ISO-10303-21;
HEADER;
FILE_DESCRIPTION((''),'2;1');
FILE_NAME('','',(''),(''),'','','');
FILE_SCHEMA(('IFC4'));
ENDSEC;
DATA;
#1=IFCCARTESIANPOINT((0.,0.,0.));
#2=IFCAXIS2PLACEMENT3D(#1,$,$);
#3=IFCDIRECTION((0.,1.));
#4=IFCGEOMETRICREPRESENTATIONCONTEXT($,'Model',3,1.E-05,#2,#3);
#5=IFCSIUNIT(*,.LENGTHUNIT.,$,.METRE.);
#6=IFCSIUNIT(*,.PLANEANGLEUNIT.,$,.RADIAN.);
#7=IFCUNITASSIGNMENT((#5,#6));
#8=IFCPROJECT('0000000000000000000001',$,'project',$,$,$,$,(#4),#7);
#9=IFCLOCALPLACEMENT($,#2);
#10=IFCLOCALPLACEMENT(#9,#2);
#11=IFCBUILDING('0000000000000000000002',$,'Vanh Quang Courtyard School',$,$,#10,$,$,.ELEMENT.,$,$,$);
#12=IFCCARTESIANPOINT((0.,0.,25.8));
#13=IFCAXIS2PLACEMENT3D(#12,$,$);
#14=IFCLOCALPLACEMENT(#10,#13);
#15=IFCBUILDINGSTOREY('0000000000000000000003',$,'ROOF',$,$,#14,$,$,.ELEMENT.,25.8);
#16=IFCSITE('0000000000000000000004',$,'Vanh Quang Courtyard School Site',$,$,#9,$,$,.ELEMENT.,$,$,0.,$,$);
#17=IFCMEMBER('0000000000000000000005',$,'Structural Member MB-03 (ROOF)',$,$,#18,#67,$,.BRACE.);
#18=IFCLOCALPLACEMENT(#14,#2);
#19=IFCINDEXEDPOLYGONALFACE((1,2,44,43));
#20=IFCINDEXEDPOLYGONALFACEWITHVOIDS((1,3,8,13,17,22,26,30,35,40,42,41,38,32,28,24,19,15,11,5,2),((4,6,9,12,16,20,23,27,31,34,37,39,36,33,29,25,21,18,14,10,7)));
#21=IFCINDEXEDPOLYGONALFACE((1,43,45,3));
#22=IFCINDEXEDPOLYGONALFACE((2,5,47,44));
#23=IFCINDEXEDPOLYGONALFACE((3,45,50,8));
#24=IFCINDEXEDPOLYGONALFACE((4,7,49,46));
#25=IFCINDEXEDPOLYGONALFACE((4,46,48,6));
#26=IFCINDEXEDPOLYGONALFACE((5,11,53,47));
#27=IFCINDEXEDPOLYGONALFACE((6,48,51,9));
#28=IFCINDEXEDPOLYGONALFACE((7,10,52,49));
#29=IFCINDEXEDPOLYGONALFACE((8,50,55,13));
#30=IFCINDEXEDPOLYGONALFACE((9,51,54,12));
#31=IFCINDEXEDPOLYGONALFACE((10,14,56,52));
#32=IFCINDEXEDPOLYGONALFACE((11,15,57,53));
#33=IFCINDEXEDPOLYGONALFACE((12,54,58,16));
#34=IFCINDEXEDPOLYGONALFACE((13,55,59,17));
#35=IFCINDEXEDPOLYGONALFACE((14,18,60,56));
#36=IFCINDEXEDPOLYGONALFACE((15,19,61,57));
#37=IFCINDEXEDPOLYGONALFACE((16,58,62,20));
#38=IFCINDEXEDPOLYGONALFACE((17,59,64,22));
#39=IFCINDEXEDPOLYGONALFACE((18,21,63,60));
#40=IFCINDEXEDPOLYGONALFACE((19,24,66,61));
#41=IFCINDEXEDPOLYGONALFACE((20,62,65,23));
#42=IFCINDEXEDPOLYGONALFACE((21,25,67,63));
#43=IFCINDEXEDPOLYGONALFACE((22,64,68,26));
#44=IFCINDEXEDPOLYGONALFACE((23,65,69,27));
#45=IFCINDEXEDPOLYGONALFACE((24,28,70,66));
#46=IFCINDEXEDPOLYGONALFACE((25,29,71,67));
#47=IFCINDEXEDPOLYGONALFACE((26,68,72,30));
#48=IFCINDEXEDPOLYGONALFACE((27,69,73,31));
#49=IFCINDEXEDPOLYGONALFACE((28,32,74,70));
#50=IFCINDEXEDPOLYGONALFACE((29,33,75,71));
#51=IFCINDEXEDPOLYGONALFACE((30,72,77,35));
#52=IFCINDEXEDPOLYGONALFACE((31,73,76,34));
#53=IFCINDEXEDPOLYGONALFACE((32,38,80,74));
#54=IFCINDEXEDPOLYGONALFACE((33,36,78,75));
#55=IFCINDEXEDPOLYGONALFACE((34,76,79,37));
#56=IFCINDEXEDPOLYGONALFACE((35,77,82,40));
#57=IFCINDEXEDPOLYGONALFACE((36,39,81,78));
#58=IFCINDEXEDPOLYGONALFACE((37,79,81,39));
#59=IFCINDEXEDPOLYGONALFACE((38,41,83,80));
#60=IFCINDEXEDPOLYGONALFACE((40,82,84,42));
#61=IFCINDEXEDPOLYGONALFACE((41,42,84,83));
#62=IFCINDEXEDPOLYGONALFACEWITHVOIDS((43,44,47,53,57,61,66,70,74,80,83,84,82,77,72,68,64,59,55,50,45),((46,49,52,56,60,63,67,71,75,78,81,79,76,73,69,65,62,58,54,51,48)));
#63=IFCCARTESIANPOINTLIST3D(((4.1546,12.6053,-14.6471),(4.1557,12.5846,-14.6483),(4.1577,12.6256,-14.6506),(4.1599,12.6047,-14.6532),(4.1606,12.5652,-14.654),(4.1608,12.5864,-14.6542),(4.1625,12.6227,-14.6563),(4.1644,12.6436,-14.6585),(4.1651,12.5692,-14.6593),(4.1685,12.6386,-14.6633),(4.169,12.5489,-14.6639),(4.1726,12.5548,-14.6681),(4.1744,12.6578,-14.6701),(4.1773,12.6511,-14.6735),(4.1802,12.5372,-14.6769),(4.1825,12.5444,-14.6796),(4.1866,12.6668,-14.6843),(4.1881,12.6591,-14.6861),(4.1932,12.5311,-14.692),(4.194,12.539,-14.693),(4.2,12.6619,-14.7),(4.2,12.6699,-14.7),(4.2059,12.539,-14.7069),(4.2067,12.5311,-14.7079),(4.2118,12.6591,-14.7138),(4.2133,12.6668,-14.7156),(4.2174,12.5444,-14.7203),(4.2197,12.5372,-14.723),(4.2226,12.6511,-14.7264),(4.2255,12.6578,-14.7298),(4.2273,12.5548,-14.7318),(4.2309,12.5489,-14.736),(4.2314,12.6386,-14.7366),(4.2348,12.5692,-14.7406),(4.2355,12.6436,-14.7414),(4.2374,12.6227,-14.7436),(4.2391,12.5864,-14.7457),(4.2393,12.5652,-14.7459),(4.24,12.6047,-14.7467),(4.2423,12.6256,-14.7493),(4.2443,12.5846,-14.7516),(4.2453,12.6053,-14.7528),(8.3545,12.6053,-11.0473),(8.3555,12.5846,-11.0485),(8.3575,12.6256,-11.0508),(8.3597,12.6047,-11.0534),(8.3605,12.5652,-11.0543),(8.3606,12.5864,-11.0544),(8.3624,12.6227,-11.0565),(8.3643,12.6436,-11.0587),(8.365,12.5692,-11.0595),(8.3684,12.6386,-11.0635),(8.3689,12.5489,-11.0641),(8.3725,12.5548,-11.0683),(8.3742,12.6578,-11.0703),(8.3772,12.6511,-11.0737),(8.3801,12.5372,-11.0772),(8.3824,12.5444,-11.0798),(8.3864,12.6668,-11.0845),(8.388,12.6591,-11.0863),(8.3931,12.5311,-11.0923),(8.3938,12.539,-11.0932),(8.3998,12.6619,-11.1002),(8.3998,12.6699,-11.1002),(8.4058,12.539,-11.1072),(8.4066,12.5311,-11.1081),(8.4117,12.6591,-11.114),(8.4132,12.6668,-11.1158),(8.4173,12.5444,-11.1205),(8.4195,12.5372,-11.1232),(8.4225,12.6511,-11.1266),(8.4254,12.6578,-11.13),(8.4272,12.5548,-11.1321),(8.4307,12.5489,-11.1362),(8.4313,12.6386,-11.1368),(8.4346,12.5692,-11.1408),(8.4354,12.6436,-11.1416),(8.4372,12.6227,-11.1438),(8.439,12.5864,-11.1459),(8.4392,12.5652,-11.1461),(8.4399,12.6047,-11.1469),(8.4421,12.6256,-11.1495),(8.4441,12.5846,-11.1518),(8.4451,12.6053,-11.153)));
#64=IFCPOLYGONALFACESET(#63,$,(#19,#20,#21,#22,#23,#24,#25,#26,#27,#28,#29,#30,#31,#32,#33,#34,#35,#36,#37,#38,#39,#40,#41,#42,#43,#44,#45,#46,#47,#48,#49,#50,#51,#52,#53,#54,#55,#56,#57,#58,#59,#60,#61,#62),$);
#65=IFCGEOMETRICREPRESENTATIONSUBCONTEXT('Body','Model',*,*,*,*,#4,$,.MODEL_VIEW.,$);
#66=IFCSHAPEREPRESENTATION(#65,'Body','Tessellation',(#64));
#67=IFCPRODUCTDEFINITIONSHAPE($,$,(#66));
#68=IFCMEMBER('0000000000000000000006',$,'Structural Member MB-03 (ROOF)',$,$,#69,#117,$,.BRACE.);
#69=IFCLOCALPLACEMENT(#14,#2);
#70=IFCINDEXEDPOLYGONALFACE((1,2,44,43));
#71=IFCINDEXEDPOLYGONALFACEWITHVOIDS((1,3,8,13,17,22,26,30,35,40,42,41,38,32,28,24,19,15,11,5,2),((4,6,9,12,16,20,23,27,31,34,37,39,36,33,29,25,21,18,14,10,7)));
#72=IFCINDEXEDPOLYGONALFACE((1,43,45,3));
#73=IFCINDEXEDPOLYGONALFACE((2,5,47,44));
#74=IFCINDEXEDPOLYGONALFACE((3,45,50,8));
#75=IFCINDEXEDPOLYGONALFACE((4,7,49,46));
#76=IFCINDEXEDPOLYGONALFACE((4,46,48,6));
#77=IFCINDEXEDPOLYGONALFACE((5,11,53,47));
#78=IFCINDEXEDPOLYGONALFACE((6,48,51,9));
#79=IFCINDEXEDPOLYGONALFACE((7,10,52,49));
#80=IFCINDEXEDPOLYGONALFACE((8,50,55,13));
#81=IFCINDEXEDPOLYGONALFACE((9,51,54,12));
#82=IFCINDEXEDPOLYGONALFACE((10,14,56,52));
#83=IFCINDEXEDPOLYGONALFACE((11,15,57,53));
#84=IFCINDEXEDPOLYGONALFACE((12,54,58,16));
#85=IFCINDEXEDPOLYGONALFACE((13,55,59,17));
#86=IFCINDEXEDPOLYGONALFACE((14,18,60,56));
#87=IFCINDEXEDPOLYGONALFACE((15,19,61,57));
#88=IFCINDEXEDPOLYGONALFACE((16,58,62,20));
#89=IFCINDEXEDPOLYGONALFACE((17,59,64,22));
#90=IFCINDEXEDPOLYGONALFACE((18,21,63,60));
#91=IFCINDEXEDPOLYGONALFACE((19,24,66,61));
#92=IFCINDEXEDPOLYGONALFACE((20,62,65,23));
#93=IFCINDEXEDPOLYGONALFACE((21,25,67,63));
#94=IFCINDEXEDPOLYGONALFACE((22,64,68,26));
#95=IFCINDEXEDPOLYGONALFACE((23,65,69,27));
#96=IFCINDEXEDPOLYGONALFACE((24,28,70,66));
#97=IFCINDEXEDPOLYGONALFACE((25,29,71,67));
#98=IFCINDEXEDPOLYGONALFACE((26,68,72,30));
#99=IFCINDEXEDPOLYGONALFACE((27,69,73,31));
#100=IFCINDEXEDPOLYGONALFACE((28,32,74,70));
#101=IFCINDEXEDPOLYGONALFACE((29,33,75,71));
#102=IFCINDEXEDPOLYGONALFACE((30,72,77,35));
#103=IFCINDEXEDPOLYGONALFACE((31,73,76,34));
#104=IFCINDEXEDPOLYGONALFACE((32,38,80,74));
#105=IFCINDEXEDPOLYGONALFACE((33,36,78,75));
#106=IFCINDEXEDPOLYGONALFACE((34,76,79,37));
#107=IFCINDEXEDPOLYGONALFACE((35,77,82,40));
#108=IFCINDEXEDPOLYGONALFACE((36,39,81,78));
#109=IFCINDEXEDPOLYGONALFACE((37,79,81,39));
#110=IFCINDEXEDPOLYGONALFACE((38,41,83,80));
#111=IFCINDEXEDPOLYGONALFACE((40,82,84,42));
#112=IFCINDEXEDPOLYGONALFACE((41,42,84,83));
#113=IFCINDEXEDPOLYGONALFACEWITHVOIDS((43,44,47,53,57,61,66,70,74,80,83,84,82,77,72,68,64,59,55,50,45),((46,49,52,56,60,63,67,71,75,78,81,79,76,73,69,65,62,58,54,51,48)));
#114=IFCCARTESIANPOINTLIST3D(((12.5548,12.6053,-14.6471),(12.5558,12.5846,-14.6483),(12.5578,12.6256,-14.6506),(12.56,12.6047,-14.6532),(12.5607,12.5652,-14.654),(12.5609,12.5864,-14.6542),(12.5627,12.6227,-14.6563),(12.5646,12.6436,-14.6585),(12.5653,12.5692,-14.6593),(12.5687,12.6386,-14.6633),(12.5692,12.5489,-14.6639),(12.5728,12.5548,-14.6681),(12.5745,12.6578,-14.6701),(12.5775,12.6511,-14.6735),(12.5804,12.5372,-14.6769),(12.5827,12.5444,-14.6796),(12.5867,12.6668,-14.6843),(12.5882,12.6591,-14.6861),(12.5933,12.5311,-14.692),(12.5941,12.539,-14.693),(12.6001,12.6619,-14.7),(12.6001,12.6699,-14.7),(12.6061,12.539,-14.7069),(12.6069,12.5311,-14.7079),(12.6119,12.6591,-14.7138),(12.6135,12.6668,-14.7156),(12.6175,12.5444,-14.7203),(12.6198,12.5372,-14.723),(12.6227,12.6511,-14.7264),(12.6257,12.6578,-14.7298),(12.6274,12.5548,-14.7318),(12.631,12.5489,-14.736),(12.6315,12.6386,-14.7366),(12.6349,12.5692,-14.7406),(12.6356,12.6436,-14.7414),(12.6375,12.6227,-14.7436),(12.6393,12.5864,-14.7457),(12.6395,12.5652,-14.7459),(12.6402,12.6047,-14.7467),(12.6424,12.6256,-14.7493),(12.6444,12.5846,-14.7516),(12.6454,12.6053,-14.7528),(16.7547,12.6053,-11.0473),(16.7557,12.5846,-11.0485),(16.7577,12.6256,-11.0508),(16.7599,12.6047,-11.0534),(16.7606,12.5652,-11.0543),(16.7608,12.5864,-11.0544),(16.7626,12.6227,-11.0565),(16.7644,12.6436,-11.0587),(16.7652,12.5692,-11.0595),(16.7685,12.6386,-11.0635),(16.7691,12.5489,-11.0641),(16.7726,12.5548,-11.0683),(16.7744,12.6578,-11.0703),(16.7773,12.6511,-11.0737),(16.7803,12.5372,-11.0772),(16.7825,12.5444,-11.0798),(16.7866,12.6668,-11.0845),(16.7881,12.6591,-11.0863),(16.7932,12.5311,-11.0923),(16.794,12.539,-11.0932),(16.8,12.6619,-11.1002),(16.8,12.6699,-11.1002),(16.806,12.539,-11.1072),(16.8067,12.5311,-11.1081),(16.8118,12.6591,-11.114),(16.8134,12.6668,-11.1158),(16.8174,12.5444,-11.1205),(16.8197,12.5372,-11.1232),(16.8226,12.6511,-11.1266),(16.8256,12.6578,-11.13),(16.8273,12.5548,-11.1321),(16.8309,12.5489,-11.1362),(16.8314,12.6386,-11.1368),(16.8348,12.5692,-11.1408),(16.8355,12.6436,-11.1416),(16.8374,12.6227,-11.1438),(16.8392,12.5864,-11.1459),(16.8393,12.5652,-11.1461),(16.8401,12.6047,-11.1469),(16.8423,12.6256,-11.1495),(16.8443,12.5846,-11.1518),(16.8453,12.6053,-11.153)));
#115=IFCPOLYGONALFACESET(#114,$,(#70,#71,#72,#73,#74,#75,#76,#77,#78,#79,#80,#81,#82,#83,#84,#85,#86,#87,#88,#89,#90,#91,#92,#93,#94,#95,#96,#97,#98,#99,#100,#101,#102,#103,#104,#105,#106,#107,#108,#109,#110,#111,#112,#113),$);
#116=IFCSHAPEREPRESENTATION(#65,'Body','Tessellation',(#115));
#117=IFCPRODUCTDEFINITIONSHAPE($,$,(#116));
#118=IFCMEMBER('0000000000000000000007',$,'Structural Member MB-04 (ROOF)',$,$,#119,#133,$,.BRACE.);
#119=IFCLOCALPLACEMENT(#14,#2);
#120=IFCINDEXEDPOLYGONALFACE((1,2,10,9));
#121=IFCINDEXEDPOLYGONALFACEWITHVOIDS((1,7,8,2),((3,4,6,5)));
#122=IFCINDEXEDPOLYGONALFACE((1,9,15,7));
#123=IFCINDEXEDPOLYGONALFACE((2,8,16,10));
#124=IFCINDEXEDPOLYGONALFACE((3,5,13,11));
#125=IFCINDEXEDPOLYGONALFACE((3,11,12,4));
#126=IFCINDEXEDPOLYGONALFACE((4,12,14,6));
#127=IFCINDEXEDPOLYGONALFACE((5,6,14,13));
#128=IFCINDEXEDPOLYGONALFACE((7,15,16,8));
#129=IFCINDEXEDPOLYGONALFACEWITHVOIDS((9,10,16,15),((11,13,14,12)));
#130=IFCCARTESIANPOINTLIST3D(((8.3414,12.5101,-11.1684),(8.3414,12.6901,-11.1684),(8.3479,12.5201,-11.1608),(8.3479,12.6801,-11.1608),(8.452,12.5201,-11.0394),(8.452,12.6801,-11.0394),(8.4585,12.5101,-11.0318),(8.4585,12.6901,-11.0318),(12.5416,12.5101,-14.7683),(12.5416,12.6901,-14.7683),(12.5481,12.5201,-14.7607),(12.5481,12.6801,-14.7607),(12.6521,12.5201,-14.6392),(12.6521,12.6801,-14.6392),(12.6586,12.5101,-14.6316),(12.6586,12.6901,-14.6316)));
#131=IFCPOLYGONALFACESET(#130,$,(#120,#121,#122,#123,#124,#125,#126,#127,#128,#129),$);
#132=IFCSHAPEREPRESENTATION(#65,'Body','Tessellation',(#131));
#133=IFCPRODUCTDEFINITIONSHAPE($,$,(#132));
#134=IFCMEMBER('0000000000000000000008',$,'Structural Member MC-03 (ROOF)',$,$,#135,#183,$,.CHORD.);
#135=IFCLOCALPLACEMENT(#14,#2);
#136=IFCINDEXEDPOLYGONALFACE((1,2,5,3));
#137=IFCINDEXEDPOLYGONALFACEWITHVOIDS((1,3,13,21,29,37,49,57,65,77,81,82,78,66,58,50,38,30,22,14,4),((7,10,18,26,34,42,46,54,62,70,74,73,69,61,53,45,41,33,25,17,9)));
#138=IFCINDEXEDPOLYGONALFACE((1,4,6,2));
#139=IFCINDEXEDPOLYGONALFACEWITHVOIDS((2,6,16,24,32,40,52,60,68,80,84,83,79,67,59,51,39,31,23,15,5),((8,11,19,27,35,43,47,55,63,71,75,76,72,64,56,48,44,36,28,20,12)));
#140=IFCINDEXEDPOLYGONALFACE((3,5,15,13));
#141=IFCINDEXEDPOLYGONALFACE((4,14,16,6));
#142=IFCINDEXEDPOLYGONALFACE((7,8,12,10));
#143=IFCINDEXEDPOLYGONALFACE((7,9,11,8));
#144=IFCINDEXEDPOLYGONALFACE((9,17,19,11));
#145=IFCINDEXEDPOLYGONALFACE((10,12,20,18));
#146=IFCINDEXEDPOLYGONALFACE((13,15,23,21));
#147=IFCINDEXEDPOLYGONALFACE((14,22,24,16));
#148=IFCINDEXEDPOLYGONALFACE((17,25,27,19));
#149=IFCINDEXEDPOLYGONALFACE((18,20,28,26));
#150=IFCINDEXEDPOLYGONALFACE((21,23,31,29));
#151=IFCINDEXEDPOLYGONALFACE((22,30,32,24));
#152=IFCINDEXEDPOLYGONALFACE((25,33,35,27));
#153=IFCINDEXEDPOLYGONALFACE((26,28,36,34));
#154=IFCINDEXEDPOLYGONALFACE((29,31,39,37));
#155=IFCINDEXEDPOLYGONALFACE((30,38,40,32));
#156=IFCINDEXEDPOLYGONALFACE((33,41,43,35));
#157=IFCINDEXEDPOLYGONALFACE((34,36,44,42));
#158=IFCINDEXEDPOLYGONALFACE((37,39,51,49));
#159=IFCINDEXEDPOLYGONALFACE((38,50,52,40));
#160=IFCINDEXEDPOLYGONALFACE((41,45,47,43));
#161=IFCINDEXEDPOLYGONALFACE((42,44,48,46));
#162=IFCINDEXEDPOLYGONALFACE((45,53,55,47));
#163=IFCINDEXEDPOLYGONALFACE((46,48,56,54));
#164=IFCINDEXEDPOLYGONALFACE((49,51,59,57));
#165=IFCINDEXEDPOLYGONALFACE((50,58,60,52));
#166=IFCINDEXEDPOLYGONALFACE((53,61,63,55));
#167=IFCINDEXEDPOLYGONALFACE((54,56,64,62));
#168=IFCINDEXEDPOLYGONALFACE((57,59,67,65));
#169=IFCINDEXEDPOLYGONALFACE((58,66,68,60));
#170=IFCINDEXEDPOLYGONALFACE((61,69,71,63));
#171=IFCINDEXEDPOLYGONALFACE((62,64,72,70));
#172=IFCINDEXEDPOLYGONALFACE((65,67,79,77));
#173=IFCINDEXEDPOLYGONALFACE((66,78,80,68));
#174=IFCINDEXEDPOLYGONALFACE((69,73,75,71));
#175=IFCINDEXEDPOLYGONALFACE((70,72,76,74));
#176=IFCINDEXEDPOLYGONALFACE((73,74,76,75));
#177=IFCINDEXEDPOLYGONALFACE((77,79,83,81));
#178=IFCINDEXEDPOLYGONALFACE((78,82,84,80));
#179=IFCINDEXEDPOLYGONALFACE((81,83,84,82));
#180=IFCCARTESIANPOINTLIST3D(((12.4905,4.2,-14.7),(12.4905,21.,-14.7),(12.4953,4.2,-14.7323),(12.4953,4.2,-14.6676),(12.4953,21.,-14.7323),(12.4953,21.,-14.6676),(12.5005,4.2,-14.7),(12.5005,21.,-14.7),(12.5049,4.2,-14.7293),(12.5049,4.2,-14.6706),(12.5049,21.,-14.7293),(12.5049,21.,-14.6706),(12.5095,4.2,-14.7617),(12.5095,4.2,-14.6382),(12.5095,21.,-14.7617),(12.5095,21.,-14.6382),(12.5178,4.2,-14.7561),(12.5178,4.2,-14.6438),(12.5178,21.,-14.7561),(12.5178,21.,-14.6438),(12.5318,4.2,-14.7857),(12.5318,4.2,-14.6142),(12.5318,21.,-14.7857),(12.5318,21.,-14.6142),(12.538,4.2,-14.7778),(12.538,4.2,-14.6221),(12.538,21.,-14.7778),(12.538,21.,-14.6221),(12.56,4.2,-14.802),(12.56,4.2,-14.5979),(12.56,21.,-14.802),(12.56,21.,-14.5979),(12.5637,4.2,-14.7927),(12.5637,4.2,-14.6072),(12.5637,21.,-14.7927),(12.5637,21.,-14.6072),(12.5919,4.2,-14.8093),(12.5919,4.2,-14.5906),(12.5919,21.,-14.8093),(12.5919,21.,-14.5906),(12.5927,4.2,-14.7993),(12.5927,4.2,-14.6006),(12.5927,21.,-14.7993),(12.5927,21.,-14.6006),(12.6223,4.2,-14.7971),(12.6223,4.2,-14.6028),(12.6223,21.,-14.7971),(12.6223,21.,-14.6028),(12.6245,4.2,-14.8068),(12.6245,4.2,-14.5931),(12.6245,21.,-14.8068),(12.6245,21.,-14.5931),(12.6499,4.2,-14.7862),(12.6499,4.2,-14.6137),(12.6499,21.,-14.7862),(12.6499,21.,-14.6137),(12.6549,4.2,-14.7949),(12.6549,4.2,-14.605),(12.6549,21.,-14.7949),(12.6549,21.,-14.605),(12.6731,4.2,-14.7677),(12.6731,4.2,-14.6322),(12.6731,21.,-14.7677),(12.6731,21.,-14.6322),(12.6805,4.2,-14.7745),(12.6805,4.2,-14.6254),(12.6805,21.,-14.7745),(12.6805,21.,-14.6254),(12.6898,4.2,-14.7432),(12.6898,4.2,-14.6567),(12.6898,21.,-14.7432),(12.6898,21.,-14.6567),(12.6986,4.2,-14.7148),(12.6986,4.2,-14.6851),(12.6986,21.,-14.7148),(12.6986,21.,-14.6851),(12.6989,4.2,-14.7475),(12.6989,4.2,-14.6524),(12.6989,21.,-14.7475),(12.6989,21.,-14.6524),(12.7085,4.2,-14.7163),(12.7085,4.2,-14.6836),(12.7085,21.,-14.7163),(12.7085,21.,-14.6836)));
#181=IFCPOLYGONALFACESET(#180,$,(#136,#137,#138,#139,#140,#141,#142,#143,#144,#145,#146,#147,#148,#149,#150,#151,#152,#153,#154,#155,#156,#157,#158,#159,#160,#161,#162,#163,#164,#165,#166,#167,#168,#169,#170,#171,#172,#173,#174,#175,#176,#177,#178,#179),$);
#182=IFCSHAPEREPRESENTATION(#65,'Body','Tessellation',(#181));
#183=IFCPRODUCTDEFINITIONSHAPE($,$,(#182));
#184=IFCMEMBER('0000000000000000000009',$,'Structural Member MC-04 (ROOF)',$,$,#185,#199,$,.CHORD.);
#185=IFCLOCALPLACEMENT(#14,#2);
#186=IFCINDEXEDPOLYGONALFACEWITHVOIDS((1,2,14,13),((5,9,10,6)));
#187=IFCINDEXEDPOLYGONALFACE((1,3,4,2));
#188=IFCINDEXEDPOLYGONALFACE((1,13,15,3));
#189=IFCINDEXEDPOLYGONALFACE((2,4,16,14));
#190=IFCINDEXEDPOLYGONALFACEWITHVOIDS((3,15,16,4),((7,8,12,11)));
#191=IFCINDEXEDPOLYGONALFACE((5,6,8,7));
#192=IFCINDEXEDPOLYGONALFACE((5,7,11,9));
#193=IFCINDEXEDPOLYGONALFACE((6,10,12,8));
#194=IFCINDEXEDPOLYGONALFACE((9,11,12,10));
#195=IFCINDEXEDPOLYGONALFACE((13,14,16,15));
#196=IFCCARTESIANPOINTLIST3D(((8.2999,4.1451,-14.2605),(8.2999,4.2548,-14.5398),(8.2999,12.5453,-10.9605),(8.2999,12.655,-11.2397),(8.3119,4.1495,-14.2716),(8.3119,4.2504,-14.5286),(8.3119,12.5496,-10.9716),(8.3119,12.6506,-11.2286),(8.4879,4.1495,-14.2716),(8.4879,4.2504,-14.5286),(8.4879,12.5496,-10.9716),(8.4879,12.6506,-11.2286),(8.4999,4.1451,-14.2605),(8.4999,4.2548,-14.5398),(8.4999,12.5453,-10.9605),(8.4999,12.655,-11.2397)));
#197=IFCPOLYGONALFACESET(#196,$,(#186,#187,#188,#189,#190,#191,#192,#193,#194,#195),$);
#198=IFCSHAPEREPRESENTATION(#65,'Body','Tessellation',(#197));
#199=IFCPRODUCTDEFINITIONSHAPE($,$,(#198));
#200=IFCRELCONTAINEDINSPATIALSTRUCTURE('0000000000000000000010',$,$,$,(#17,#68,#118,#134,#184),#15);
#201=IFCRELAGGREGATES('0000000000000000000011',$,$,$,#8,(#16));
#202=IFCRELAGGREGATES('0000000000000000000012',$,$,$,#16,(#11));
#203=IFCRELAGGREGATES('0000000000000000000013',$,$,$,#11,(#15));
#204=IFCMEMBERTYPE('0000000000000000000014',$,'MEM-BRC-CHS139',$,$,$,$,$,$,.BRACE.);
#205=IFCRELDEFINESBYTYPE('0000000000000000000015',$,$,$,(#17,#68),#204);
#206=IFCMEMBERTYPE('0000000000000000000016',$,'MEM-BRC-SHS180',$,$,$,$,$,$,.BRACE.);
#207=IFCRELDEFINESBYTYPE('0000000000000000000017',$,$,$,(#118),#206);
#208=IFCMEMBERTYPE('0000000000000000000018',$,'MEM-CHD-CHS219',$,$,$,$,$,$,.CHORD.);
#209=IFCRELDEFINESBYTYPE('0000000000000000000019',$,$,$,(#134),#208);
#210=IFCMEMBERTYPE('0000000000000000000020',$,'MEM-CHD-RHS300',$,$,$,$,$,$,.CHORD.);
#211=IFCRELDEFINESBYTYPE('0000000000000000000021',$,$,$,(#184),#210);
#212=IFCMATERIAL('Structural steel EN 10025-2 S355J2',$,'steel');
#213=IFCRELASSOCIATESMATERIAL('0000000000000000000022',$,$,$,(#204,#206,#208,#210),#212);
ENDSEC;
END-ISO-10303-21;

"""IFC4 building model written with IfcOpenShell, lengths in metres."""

from ifc_helpers import new_model, si_unit, direction, frame, origin, origin_2d, place, context, subcontext, project, spatial, hollow_rectangle, hollow_circle, extrude, material, material_profile, profile_set, type_object, element, save


model = new_model("IFC4")

# Units and contexts
model_context = context("Model", 3, precision=1e-05, world=origin(), true_north=direction((0.0, 1.0)))
body_context = subcontext(model_context, "Body", "Model", "MODEL_VIEW")
ifc_project = project(units=[si_unit("LENGTHUNIT", "METRE"), si_unit("PLANEANGLEUNIT", "RADIAN")], contexts=[model_context])

# Site, building, storey
site_placement = place(None, origin())
site = spatial("IfcSite", under=ifc_project, at=site_placement, Name="Vanh Quang Courtyard School Site", CompositionType="ELEMENT", RefElevation=0.0)
building_placement = place(site_placement, origin())
building = spatial("IfcBuilding", under=site, at=building_placement, Name="Vanh Quang Courtyard School", CompositionType="ELEMENT")
storey_placement = place(building_placement, frame((0.0, 0.0, 25.8)))
storey = spatial("IfcBuildingStorey", under=building, at=storey_placement, Name="ROOF", CompositionType="ELEMENT", Elevation=25.8)

# Members
ifc_material_1 = material(Name="Structural steel EN 10025-2 S355J2", Category="steel")
ifc_material_profile_1 = material_profile(ifc_material_1, hollow_circle(Radius=0.0698, WallThickness=0.0081, at=origin_2d()), Name="CHS 139.7x8")
ifc_profile_set_1 = profile_set([ifc_material_profile_1], Name="Structural steel EN 10025-2 S355J2")
member_type_1 = type_object("IfcMemberType", Name="MEM-BRC-CHS139", PredefinedType="BRACE", material=ifc_profile_set_1)
for number, where, z_axis, x_axis, name in (
    (1, (4.2, 12.6001, -14.7), (0.759266, 0.0, 0.65078), (0.0, 1.0, 0.0), "Structural Member MB-03 (ROOF)"),
    (2, (12.6001, 12.6001, -14.7), (0.759266, 0.0, 0.65078), (0.0, 1.0, 0.0), "Structural Member MB-03 (ROOF)"),
):
    element("IfcMember", number, at=place(storey_placement, frame(where, z_axis=z_axis, x_axis=x_axis)), inside=storey, type_object=member_type_1, Name=name, PredefinedType="BRACE", context=body_context, shape_type="SweptSolid", body=[
        extrude(hollow_circle(Radius=0.0698, WallThickness=0.0081, at=origin_2d()), origin(), (0.0, 0.0, 1.0), 5.5315),
    ])
ifc_material_profile_2 = material_profile(ifc_material_1, hollow_rectangle(XDim=0.1799, YDim=0.1799, WallThickness=0.01, at=origin_2d()), Name="SHS 180x180x10")
ifc_profile_set_2 = profile_set([ifc_material_profile_2], Name="Structural steel EN 10025-2 S355J2")
member_type_2 = type_object("IfcMemberType", Name="MEM-BRC-SHS180", PredefinedType="BRACE", material=ifc_profile_set_2)
member_1_placement = place(storey_placement, frame((12.6001, 12.6001, -14.7), z_axis=(-0.759285, 0.0, 0.650759), x_axis=(0.0, -1.0, 0.0)))
element("IfcMember", 3, at=member_1_placement, inside=storey, type_object=member_type_2, Name="Structural Member MB-04 (ROOF)", PredefinedType="BRACE", context=body_context, shape_type="SweptSolid", body=[
    extrude(hollow_rectangle(XDim=0.1799, YDim=0.1799, WallThickness=0.01, at=origin_2d()), origin(), (0.0, 0.0, 1.0), 5.5317),
])
ifc_material_profile_3 = material_profile(ifc_material_1, hollow_circle(Radius=0.1096, WallThickness=0.01, at=origin_2d()), Name="CHS 219.1x10")
ifc_profile_set_3 = profile_set([ifc_material_profile_3], Name="Structural steel EN 10025-2 S355J2")
member_type_3 = type_object("IfcMemberType", Name="MEM-CHD-CHS219", PredefinedType="CHORD", material=ifc_profile_set_3)
member_2_placement = place(storey_placement, frame((12.6001, 4.2, -14.7), z_axis=(0.0, 1.0, 0.0), x_axis=(-1.0, 0.0, 0.0)))
element("IfcMember", 4, at=member_2_placement, inside=storey, type_object=member_type_3, Name="Structural Member MC-03 (ROOF)", PredefinedType="CHORD", context=body_context, shape_type="SweptSolid", body=[
    extrude(hollow_circle(Radius=0.1096, WallThickness=0.01, at=origin_2d()), origin(), (0.0, 0.0, 1.0), 16.8),
])
ifc_material_profile_4 = material_profile(ifc_material_1, hollow_rectangle(XDim=0.2, YDim=0.3, WallThickness=0.012, at=origin_2d()), Name="RHS 300x200x12")
ifc_profile_set_4 = profile_set([ifc_material_profile_4], Name="Structural steel EN 10025-2 S355J2")
member_type_4 = type_object("IfcMemberType", Name="MEM-CHD-RHS300", PredefinedType="CHORD", material=ifc_profile_set_4)
member_3_placement = place(storey_placement, frame((8.3999, 4.2, -14.4001), z_axis=(0.0, 0.930752, 0.365652), x_axis=(-1.0, 0.0, 0.0)))
element("IfcMember", 5, at=member_3_placement, inside=storey, type_object=member_type_4, Name="Structural Member MC-04 (ROOF)", PredefinedType="CHORD", context=body_context, shape_type="SweptSolid", body=[
    extrude(hollow_rectangle(XDim=0.2, YDim=0.3, WallThickness=0.012, at=origin_2d()), origin(), (0.0, 0.0, 1.0), 9.0251),
])

save(model, "model.ifc")
